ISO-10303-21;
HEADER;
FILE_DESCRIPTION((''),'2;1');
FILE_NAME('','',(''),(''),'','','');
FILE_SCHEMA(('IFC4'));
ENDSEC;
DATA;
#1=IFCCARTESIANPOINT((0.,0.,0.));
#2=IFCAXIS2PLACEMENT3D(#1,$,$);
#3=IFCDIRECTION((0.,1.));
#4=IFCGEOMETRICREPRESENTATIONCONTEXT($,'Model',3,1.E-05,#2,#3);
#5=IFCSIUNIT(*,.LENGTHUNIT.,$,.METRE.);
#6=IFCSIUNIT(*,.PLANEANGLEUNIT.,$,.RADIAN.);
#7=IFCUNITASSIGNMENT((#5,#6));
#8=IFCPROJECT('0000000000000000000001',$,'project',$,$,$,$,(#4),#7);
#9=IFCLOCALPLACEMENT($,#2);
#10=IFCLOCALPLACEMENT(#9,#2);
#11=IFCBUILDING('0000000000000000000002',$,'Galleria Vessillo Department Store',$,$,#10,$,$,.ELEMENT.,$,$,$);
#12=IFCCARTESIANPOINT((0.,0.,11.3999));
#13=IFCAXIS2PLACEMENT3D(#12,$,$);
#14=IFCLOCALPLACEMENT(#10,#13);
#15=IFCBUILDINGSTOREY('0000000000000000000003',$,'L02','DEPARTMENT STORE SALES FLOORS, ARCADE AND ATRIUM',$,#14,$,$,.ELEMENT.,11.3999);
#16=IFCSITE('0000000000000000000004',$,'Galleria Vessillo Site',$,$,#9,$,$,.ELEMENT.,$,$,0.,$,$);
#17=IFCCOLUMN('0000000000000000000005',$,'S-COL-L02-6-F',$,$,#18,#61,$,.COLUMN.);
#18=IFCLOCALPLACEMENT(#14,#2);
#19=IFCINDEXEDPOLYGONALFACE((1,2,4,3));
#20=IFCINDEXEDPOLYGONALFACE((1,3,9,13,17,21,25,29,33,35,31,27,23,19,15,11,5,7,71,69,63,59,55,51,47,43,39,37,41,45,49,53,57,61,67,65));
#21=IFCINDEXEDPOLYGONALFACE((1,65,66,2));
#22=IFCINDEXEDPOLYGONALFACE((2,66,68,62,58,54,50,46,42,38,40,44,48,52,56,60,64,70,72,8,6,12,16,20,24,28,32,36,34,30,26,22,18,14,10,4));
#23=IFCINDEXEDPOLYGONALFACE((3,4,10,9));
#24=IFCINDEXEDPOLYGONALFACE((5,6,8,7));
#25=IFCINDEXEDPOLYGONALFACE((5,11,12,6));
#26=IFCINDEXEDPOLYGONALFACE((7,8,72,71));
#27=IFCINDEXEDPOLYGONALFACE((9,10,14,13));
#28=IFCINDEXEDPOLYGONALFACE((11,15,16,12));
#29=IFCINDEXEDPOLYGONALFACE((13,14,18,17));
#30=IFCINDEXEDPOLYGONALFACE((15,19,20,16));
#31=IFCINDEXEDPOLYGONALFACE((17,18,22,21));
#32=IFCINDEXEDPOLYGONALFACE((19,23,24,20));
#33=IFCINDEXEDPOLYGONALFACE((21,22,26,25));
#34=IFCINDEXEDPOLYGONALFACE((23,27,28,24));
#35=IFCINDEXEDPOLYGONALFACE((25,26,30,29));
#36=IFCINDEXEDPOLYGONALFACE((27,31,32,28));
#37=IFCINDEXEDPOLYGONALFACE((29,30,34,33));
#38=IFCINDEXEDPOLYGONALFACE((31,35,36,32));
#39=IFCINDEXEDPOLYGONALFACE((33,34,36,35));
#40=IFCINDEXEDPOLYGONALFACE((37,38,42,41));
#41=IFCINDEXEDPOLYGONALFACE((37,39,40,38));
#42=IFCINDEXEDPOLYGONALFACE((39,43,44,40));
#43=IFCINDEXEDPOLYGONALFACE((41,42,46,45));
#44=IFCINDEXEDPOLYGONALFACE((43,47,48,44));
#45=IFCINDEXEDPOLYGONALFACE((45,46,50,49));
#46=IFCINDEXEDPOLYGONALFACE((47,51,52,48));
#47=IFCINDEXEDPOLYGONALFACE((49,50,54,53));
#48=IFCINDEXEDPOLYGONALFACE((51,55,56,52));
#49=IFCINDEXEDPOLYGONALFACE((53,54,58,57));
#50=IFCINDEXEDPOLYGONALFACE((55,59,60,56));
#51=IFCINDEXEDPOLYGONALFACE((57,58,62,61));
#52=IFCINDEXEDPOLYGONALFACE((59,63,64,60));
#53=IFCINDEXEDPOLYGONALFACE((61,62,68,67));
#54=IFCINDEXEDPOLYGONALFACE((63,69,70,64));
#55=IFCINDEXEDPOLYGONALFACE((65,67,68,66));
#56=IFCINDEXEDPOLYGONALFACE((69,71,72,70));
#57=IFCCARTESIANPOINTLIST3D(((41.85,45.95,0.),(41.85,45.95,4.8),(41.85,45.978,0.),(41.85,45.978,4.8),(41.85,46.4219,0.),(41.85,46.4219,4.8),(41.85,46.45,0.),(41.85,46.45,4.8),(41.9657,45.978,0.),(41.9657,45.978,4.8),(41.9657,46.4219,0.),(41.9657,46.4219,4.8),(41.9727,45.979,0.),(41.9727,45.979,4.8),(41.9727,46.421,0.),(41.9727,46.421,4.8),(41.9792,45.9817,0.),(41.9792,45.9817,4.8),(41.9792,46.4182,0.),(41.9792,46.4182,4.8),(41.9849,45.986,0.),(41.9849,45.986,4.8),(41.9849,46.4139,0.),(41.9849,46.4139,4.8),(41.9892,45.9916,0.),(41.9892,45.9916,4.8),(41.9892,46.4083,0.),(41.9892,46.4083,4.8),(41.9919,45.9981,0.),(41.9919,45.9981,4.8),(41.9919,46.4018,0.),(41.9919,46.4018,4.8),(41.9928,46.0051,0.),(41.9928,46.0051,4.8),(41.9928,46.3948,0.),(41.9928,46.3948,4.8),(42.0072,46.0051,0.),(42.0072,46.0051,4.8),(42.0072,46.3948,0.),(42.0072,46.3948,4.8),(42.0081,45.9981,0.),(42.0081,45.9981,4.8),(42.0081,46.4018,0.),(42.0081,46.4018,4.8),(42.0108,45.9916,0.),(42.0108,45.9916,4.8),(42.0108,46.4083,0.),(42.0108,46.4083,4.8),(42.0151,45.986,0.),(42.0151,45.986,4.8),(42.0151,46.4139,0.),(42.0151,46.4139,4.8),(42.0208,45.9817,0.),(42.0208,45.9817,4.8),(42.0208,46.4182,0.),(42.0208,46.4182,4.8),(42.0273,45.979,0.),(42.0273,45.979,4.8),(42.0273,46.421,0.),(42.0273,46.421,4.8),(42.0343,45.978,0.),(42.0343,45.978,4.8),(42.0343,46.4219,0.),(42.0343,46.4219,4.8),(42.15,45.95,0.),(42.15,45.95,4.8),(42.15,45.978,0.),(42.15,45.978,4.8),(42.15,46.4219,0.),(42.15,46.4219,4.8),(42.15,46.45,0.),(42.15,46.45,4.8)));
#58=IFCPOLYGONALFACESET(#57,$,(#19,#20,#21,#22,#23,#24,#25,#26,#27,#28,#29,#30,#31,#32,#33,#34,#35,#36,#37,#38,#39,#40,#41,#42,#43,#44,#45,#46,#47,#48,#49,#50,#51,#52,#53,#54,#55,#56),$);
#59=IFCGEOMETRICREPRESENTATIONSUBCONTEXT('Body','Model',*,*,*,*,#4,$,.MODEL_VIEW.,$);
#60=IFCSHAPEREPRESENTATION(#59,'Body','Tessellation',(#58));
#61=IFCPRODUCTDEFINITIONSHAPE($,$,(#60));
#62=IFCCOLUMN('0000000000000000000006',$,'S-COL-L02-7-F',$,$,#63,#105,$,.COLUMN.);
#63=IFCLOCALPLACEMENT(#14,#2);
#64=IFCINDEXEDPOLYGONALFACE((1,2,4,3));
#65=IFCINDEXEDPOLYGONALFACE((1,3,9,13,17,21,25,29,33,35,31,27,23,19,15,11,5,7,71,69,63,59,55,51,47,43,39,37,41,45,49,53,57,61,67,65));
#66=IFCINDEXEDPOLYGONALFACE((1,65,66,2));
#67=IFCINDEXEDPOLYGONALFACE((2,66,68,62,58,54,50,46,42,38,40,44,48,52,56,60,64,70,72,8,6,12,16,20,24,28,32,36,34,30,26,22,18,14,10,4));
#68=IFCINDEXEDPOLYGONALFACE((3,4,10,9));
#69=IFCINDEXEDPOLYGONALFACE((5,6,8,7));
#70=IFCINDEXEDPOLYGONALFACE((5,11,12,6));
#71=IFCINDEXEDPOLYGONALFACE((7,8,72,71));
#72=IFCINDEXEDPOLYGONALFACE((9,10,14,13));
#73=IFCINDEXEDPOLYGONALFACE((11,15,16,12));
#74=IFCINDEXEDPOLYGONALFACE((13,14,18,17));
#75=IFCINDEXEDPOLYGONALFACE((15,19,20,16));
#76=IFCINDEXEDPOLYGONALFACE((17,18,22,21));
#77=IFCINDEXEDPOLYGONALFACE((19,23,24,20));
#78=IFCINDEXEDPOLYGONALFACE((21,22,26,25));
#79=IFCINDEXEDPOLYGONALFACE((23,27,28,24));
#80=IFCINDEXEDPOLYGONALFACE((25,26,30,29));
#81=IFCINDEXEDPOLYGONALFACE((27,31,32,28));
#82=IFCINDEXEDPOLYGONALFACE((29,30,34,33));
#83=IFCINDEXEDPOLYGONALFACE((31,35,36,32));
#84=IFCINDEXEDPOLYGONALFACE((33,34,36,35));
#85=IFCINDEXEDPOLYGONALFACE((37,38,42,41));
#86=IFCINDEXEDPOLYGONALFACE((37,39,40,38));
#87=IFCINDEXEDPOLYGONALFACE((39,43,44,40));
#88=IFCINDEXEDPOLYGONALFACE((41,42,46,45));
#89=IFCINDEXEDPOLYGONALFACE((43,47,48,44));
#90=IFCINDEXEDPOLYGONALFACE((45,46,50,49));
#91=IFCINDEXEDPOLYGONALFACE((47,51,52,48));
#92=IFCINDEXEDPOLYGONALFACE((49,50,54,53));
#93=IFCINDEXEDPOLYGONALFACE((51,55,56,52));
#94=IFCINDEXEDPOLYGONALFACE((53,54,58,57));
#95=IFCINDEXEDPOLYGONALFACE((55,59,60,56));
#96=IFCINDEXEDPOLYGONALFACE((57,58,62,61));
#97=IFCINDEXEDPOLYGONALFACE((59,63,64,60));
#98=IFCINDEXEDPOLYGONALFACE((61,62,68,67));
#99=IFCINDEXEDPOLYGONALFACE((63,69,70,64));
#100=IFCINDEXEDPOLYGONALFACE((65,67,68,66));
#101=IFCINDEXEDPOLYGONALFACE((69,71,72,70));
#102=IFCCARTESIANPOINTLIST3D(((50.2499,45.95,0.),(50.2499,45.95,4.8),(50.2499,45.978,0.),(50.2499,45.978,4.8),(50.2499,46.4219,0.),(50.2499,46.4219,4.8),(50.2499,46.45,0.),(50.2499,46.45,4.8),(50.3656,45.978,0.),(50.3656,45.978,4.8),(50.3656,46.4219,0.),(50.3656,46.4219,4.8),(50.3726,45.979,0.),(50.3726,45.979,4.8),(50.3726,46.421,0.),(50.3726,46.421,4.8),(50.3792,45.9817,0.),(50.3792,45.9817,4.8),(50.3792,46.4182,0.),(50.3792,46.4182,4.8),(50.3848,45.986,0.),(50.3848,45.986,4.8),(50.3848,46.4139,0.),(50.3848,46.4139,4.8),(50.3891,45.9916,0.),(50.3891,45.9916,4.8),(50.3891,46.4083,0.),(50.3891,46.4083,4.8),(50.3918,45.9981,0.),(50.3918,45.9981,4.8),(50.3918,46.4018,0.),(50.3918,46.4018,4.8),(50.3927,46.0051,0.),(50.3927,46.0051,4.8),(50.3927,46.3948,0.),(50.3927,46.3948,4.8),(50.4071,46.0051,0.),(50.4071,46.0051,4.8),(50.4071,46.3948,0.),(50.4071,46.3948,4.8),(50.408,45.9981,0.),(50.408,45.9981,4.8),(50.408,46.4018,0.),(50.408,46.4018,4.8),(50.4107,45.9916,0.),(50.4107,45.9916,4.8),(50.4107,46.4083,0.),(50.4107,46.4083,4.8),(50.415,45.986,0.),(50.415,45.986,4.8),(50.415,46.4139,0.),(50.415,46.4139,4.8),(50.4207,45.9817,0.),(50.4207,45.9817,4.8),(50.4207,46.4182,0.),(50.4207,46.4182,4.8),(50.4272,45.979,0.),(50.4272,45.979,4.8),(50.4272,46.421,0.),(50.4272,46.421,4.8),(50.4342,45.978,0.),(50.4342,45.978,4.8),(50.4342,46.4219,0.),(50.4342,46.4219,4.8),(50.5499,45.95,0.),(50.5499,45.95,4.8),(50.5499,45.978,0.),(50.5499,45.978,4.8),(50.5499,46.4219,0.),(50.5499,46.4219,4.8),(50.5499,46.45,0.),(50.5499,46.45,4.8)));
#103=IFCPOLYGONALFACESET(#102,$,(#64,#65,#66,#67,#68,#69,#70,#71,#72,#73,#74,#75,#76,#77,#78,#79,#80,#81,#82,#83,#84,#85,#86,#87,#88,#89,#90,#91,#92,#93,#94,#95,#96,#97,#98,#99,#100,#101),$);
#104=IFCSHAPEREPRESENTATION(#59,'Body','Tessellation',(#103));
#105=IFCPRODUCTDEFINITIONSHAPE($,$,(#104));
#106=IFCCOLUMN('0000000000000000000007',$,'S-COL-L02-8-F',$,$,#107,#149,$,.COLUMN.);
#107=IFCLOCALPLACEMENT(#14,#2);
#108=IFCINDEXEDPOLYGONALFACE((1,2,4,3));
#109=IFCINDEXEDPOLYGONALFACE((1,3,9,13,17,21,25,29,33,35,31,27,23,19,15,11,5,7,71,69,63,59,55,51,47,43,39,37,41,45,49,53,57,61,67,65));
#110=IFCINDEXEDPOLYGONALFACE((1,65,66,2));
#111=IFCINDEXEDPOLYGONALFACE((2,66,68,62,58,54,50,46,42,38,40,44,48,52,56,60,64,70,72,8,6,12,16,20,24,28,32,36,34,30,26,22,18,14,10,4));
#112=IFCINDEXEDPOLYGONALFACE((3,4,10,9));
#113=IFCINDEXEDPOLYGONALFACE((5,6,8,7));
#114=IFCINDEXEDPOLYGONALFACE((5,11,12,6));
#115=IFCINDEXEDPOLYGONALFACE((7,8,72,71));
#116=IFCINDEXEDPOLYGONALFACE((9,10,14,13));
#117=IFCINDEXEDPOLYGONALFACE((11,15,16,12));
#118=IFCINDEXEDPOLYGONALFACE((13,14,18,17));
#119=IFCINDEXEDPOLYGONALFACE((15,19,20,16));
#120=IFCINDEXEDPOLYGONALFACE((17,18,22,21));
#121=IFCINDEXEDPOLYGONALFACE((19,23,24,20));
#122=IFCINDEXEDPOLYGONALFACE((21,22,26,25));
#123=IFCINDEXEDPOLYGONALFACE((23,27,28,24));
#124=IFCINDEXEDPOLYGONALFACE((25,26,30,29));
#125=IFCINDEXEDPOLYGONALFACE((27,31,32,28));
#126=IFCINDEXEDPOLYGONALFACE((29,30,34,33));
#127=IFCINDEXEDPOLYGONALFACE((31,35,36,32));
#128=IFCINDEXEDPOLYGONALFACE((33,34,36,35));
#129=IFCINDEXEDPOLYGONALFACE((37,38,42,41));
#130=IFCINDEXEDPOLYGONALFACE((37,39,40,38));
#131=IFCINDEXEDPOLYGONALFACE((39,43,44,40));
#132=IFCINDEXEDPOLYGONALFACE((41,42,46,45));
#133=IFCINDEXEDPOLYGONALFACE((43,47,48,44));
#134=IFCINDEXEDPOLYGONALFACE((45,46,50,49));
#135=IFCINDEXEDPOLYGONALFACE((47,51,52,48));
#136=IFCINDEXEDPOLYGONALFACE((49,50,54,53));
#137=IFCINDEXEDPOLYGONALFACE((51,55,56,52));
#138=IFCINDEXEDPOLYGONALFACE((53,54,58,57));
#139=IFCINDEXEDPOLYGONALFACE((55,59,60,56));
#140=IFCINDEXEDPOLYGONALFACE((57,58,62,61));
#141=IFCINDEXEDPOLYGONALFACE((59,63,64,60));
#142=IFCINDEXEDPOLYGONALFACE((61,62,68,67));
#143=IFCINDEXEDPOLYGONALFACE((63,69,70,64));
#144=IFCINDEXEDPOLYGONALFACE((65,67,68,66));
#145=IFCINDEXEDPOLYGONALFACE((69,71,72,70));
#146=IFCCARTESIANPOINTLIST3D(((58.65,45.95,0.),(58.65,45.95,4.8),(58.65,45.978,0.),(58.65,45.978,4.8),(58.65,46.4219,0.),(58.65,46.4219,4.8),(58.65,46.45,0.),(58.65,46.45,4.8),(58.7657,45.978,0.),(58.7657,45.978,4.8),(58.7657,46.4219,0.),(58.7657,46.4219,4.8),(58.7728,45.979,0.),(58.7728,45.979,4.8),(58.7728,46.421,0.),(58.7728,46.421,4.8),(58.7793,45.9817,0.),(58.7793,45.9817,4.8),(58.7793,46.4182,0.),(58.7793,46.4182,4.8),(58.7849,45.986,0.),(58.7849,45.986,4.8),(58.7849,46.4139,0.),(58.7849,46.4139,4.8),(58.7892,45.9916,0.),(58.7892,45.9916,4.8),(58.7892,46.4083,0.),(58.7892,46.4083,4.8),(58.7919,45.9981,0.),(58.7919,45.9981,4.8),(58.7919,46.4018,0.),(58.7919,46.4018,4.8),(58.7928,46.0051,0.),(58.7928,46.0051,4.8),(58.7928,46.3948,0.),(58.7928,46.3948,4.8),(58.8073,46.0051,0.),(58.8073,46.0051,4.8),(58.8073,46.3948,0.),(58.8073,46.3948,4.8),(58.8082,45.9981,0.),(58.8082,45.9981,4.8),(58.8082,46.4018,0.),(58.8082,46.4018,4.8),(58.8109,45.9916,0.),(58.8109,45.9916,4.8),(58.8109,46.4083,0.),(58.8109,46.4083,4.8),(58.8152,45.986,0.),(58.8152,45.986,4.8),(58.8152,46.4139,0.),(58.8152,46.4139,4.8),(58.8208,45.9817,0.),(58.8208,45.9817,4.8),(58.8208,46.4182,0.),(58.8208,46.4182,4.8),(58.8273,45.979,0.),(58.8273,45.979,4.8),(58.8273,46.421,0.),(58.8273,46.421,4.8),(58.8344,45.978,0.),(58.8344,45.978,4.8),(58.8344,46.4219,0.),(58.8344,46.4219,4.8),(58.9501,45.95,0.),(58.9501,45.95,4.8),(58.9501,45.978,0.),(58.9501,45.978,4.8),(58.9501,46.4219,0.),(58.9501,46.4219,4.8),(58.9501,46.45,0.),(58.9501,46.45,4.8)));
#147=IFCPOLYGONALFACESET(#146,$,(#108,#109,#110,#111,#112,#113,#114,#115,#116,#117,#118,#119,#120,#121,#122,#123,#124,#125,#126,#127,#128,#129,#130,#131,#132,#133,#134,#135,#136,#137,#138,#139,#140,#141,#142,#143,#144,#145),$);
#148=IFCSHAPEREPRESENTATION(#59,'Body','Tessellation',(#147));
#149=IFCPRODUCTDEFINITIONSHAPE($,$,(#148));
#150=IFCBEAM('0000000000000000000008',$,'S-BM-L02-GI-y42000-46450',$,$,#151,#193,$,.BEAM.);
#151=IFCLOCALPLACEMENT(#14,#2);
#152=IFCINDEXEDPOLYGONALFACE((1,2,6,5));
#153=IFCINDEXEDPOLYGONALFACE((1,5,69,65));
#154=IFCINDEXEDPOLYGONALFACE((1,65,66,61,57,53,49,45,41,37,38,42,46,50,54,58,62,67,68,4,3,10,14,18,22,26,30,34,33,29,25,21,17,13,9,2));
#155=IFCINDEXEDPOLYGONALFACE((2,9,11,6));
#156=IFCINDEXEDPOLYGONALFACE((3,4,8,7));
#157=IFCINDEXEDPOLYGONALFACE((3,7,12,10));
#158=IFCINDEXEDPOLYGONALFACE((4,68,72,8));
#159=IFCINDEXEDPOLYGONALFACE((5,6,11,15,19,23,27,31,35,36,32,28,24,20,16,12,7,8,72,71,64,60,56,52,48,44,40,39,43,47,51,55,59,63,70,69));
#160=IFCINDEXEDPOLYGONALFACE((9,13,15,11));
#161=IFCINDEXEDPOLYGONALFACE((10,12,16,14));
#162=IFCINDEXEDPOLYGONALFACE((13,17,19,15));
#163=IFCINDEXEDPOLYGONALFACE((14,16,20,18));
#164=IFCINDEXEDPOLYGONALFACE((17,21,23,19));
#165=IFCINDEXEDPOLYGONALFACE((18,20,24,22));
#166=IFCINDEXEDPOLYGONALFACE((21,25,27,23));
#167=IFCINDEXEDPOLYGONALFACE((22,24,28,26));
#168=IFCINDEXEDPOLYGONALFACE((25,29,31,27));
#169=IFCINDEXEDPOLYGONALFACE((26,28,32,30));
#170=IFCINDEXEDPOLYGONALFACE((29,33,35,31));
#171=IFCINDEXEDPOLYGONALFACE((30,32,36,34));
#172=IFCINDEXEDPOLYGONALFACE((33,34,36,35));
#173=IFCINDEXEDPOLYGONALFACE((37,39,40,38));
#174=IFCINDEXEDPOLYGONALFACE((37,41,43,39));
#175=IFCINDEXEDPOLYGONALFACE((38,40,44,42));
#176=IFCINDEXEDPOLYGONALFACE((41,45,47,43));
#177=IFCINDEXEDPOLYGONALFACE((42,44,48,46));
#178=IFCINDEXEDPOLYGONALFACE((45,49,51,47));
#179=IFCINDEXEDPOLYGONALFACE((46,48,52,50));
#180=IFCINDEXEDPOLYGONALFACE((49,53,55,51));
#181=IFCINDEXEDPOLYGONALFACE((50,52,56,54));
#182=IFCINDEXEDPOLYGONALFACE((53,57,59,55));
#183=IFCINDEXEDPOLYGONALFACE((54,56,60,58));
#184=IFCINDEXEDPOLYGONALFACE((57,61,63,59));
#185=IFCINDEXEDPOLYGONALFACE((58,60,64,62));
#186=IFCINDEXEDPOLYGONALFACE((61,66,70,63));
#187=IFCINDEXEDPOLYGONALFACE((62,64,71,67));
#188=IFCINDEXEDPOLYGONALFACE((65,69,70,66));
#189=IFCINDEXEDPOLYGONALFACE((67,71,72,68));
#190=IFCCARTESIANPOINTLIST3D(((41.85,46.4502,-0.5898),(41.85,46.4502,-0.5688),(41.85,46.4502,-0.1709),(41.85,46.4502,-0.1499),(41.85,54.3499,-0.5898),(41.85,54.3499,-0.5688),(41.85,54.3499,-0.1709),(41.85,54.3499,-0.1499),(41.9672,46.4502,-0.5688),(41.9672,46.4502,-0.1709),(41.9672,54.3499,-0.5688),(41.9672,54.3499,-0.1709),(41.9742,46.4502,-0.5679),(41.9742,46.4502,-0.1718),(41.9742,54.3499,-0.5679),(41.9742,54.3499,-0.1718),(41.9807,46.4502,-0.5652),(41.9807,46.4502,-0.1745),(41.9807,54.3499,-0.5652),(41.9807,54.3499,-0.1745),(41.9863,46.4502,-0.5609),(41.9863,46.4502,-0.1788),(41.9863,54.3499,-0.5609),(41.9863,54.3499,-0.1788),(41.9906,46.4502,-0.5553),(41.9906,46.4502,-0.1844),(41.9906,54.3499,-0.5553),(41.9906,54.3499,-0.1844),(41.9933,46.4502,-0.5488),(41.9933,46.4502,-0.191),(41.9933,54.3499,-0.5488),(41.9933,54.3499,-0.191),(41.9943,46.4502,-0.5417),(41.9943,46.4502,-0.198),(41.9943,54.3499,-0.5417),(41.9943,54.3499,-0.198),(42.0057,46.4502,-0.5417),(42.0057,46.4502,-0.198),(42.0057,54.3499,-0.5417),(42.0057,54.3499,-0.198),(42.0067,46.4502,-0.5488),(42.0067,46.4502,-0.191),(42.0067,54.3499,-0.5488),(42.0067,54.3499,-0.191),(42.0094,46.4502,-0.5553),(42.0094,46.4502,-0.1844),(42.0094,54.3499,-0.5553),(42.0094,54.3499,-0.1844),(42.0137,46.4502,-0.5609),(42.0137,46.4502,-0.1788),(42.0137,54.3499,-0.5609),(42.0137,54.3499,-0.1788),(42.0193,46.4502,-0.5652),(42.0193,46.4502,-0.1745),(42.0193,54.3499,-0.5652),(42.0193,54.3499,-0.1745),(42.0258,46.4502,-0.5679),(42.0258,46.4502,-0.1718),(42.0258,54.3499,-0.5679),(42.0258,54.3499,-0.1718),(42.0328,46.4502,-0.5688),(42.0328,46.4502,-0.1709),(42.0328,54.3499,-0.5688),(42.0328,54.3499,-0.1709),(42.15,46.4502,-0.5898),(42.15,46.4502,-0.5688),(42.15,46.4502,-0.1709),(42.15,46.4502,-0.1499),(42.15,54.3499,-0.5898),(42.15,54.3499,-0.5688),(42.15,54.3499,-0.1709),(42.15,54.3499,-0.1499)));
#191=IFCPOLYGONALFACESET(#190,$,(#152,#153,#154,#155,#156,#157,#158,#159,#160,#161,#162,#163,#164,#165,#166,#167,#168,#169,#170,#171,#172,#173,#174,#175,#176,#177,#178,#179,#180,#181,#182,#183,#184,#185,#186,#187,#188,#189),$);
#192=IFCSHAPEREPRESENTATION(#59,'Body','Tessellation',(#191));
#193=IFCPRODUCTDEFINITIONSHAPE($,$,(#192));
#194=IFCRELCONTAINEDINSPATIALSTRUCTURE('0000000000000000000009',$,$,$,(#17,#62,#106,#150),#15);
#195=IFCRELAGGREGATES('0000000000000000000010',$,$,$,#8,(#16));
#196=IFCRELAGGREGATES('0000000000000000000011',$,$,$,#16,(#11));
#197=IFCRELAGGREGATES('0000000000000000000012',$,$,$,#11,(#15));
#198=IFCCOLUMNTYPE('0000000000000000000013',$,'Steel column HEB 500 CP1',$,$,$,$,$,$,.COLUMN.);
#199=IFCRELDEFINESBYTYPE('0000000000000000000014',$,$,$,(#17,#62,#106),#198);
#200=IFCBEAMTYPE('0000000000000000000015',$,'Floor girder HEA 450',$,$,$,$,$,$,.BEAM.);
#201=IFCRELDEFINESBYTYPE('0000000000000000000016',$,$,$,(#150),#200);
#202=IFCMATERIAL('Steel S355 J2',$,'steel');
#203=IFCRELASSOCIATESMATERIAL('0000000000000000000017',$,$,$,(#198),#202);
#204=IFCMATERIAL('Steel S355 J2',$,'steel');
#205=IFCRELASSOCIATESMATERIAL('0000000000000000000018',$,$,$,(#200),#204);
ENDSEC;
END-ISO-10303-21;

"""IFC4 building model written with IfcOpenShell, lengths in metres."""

from ifc_helpers import new_model, si_unit, direction, frame, origin, origin_2d, place, context, subcontext, project, spatial, i_section, extrude, material, material_profile, profile_set, type_object, element, save


model = new_model("IFC4")

# Units and contexts
model_context = context("Model", 3, precision=1e-05, world=origin(), true_north=direction((0.0, 1.0)))
body_context = subcontext(model_context, "Body", "Model", "MODEL_VIEW")
ifc_project = project(units=[si_unit("LENGTHUNIT", "METRE"), si_unit("PLANEANGLEUNIT", "RADIAN")], contexts=[model_context])

# Site, building, storey
site_placement = place(None, origin())
site = spatial("IfcSite", under=ifc_project, at=site_placement, Name="Galleria Vessillo Site", CompositionType="ELEMENT", RefElevation=0.0)
building_placement = place(site_placement, origin())
building = spatial("IfcBuilding", under=site, at=building_placement, Name="Galleria Vessillo Department Store", CompositionType="ELEMENT")
storey_placement = place(building_placement, frame((0.0, 0.0, 11.3999)))
storey = spatial("IfcBuildingStorey", under=building, at=storey_placement, Name="L02", Description="DEPARTMENT STORE SALES FLOORS, ARCADE AND ATRIUM", CompositionType="ELEMENT", Elevation=11.3999)

# Columns
ifc_material_1 = material(Name="Steel S355 J2", Category="steel")
ifc_material_profile_1 = material_profile(ifc_material_1, i_section(OverallWidth=0.3, OverallDepth=0.5, WebThickness=0.0144, FlangeThickness=0.0281, FilletRadius=0.0271, at=origin_2d()), Name="HEB 500")
ifc_profile_set_1 = profile_set([ifc_material_profile_1], Name="Steel S355 J2")
column_type = type_object("IfcColumnType", Name="Steel column HEB 500 CP1", PredefinedType="COLUMN", material=ifc_profile_set_1)
for number, where, z_axis, x_axis, name in (
    (1, (42.0, 46.2, 0.0), (0.0, 0.0, 1.0), (1.0, 0.0, 0.0), "S-COL-L02-6-F"),
    (2, (50.3999, 46.2, 0.0), (0.0, 0.0, 1.0), (1.0, 0.0, 0.0), "S-COL-L02-7-F"),
    (3, (58.8, 46.2, 0.0), (0.0, 0.0, 1.0), (1.0, 0.0, 0.0), "S-COL-L02-8-F"),
):
    element("IfcColumn", number, at=place(storey_placement, frame(where, z_axis=z_axis, x_axis=x_axis)), inside=storey, type_object=column_type, Name=name, PredefinedType="COLUMN", context=body_context, shape_type="SweptSolid", body=[
        extrude(i_section(OverallWidth=0.3, OverallDepth=0.5, WebThickness=0.0144, FlangeThickness=0.0281, FilletRadius=0.0271, at=origin_2d()), origin(), (0.0, 0.0, 1.0), 4.8),
    ])

# Beam
ifc_material_2 = material(Name="Steel S355 J2", Category="steel")
ifc_material_profile_2 = material_profile(ifc_material_2, i_section(OverallWidth=0.3, OverallDepth=0.4399, WebThickness=0.0115, FlangeThickness=0.021, FilletRadius=0.0271, at=origin_2d()), Name="HEA 450")
ifc_profile_set_2 = profile_set([ifc_material_profile_2], Name="Steel S355 J2")
beam_type_1 = type_object("IfcBeamType", Name="Floor girder HEA 450", PredefinedType="BEAM", material=ifc_profile_set_2)
for number, where, z_axis, x_axis, name in (
    (4, (42.0, 46.4502, -0.3699), (0.0, 1.0, 0.0), (-1.0, 0.0, 0.0), "S-BM-L02-GI-y42000-46450"),
):
    element("IfcBeam", number, at=place(storey_placement, frame(where, z_axis=z_axis, x_axis=x_axis)), inside=storey, type_object=beam_type_1, Name=name, PredefinedType="BEAM", context=body_context, shape_type="SweptSolid", body=[
        extrude(i_section(OverallWidth=0.3, OverallDepth=0.4399, WebThickness=0.0115, FlangeThickness=0.021, FilletRadius=0.0271, at=origin_2d()), origin(), (0.0, 0.0, 1.0), 7.8997),
    ])

save(model, "model.ifc")
